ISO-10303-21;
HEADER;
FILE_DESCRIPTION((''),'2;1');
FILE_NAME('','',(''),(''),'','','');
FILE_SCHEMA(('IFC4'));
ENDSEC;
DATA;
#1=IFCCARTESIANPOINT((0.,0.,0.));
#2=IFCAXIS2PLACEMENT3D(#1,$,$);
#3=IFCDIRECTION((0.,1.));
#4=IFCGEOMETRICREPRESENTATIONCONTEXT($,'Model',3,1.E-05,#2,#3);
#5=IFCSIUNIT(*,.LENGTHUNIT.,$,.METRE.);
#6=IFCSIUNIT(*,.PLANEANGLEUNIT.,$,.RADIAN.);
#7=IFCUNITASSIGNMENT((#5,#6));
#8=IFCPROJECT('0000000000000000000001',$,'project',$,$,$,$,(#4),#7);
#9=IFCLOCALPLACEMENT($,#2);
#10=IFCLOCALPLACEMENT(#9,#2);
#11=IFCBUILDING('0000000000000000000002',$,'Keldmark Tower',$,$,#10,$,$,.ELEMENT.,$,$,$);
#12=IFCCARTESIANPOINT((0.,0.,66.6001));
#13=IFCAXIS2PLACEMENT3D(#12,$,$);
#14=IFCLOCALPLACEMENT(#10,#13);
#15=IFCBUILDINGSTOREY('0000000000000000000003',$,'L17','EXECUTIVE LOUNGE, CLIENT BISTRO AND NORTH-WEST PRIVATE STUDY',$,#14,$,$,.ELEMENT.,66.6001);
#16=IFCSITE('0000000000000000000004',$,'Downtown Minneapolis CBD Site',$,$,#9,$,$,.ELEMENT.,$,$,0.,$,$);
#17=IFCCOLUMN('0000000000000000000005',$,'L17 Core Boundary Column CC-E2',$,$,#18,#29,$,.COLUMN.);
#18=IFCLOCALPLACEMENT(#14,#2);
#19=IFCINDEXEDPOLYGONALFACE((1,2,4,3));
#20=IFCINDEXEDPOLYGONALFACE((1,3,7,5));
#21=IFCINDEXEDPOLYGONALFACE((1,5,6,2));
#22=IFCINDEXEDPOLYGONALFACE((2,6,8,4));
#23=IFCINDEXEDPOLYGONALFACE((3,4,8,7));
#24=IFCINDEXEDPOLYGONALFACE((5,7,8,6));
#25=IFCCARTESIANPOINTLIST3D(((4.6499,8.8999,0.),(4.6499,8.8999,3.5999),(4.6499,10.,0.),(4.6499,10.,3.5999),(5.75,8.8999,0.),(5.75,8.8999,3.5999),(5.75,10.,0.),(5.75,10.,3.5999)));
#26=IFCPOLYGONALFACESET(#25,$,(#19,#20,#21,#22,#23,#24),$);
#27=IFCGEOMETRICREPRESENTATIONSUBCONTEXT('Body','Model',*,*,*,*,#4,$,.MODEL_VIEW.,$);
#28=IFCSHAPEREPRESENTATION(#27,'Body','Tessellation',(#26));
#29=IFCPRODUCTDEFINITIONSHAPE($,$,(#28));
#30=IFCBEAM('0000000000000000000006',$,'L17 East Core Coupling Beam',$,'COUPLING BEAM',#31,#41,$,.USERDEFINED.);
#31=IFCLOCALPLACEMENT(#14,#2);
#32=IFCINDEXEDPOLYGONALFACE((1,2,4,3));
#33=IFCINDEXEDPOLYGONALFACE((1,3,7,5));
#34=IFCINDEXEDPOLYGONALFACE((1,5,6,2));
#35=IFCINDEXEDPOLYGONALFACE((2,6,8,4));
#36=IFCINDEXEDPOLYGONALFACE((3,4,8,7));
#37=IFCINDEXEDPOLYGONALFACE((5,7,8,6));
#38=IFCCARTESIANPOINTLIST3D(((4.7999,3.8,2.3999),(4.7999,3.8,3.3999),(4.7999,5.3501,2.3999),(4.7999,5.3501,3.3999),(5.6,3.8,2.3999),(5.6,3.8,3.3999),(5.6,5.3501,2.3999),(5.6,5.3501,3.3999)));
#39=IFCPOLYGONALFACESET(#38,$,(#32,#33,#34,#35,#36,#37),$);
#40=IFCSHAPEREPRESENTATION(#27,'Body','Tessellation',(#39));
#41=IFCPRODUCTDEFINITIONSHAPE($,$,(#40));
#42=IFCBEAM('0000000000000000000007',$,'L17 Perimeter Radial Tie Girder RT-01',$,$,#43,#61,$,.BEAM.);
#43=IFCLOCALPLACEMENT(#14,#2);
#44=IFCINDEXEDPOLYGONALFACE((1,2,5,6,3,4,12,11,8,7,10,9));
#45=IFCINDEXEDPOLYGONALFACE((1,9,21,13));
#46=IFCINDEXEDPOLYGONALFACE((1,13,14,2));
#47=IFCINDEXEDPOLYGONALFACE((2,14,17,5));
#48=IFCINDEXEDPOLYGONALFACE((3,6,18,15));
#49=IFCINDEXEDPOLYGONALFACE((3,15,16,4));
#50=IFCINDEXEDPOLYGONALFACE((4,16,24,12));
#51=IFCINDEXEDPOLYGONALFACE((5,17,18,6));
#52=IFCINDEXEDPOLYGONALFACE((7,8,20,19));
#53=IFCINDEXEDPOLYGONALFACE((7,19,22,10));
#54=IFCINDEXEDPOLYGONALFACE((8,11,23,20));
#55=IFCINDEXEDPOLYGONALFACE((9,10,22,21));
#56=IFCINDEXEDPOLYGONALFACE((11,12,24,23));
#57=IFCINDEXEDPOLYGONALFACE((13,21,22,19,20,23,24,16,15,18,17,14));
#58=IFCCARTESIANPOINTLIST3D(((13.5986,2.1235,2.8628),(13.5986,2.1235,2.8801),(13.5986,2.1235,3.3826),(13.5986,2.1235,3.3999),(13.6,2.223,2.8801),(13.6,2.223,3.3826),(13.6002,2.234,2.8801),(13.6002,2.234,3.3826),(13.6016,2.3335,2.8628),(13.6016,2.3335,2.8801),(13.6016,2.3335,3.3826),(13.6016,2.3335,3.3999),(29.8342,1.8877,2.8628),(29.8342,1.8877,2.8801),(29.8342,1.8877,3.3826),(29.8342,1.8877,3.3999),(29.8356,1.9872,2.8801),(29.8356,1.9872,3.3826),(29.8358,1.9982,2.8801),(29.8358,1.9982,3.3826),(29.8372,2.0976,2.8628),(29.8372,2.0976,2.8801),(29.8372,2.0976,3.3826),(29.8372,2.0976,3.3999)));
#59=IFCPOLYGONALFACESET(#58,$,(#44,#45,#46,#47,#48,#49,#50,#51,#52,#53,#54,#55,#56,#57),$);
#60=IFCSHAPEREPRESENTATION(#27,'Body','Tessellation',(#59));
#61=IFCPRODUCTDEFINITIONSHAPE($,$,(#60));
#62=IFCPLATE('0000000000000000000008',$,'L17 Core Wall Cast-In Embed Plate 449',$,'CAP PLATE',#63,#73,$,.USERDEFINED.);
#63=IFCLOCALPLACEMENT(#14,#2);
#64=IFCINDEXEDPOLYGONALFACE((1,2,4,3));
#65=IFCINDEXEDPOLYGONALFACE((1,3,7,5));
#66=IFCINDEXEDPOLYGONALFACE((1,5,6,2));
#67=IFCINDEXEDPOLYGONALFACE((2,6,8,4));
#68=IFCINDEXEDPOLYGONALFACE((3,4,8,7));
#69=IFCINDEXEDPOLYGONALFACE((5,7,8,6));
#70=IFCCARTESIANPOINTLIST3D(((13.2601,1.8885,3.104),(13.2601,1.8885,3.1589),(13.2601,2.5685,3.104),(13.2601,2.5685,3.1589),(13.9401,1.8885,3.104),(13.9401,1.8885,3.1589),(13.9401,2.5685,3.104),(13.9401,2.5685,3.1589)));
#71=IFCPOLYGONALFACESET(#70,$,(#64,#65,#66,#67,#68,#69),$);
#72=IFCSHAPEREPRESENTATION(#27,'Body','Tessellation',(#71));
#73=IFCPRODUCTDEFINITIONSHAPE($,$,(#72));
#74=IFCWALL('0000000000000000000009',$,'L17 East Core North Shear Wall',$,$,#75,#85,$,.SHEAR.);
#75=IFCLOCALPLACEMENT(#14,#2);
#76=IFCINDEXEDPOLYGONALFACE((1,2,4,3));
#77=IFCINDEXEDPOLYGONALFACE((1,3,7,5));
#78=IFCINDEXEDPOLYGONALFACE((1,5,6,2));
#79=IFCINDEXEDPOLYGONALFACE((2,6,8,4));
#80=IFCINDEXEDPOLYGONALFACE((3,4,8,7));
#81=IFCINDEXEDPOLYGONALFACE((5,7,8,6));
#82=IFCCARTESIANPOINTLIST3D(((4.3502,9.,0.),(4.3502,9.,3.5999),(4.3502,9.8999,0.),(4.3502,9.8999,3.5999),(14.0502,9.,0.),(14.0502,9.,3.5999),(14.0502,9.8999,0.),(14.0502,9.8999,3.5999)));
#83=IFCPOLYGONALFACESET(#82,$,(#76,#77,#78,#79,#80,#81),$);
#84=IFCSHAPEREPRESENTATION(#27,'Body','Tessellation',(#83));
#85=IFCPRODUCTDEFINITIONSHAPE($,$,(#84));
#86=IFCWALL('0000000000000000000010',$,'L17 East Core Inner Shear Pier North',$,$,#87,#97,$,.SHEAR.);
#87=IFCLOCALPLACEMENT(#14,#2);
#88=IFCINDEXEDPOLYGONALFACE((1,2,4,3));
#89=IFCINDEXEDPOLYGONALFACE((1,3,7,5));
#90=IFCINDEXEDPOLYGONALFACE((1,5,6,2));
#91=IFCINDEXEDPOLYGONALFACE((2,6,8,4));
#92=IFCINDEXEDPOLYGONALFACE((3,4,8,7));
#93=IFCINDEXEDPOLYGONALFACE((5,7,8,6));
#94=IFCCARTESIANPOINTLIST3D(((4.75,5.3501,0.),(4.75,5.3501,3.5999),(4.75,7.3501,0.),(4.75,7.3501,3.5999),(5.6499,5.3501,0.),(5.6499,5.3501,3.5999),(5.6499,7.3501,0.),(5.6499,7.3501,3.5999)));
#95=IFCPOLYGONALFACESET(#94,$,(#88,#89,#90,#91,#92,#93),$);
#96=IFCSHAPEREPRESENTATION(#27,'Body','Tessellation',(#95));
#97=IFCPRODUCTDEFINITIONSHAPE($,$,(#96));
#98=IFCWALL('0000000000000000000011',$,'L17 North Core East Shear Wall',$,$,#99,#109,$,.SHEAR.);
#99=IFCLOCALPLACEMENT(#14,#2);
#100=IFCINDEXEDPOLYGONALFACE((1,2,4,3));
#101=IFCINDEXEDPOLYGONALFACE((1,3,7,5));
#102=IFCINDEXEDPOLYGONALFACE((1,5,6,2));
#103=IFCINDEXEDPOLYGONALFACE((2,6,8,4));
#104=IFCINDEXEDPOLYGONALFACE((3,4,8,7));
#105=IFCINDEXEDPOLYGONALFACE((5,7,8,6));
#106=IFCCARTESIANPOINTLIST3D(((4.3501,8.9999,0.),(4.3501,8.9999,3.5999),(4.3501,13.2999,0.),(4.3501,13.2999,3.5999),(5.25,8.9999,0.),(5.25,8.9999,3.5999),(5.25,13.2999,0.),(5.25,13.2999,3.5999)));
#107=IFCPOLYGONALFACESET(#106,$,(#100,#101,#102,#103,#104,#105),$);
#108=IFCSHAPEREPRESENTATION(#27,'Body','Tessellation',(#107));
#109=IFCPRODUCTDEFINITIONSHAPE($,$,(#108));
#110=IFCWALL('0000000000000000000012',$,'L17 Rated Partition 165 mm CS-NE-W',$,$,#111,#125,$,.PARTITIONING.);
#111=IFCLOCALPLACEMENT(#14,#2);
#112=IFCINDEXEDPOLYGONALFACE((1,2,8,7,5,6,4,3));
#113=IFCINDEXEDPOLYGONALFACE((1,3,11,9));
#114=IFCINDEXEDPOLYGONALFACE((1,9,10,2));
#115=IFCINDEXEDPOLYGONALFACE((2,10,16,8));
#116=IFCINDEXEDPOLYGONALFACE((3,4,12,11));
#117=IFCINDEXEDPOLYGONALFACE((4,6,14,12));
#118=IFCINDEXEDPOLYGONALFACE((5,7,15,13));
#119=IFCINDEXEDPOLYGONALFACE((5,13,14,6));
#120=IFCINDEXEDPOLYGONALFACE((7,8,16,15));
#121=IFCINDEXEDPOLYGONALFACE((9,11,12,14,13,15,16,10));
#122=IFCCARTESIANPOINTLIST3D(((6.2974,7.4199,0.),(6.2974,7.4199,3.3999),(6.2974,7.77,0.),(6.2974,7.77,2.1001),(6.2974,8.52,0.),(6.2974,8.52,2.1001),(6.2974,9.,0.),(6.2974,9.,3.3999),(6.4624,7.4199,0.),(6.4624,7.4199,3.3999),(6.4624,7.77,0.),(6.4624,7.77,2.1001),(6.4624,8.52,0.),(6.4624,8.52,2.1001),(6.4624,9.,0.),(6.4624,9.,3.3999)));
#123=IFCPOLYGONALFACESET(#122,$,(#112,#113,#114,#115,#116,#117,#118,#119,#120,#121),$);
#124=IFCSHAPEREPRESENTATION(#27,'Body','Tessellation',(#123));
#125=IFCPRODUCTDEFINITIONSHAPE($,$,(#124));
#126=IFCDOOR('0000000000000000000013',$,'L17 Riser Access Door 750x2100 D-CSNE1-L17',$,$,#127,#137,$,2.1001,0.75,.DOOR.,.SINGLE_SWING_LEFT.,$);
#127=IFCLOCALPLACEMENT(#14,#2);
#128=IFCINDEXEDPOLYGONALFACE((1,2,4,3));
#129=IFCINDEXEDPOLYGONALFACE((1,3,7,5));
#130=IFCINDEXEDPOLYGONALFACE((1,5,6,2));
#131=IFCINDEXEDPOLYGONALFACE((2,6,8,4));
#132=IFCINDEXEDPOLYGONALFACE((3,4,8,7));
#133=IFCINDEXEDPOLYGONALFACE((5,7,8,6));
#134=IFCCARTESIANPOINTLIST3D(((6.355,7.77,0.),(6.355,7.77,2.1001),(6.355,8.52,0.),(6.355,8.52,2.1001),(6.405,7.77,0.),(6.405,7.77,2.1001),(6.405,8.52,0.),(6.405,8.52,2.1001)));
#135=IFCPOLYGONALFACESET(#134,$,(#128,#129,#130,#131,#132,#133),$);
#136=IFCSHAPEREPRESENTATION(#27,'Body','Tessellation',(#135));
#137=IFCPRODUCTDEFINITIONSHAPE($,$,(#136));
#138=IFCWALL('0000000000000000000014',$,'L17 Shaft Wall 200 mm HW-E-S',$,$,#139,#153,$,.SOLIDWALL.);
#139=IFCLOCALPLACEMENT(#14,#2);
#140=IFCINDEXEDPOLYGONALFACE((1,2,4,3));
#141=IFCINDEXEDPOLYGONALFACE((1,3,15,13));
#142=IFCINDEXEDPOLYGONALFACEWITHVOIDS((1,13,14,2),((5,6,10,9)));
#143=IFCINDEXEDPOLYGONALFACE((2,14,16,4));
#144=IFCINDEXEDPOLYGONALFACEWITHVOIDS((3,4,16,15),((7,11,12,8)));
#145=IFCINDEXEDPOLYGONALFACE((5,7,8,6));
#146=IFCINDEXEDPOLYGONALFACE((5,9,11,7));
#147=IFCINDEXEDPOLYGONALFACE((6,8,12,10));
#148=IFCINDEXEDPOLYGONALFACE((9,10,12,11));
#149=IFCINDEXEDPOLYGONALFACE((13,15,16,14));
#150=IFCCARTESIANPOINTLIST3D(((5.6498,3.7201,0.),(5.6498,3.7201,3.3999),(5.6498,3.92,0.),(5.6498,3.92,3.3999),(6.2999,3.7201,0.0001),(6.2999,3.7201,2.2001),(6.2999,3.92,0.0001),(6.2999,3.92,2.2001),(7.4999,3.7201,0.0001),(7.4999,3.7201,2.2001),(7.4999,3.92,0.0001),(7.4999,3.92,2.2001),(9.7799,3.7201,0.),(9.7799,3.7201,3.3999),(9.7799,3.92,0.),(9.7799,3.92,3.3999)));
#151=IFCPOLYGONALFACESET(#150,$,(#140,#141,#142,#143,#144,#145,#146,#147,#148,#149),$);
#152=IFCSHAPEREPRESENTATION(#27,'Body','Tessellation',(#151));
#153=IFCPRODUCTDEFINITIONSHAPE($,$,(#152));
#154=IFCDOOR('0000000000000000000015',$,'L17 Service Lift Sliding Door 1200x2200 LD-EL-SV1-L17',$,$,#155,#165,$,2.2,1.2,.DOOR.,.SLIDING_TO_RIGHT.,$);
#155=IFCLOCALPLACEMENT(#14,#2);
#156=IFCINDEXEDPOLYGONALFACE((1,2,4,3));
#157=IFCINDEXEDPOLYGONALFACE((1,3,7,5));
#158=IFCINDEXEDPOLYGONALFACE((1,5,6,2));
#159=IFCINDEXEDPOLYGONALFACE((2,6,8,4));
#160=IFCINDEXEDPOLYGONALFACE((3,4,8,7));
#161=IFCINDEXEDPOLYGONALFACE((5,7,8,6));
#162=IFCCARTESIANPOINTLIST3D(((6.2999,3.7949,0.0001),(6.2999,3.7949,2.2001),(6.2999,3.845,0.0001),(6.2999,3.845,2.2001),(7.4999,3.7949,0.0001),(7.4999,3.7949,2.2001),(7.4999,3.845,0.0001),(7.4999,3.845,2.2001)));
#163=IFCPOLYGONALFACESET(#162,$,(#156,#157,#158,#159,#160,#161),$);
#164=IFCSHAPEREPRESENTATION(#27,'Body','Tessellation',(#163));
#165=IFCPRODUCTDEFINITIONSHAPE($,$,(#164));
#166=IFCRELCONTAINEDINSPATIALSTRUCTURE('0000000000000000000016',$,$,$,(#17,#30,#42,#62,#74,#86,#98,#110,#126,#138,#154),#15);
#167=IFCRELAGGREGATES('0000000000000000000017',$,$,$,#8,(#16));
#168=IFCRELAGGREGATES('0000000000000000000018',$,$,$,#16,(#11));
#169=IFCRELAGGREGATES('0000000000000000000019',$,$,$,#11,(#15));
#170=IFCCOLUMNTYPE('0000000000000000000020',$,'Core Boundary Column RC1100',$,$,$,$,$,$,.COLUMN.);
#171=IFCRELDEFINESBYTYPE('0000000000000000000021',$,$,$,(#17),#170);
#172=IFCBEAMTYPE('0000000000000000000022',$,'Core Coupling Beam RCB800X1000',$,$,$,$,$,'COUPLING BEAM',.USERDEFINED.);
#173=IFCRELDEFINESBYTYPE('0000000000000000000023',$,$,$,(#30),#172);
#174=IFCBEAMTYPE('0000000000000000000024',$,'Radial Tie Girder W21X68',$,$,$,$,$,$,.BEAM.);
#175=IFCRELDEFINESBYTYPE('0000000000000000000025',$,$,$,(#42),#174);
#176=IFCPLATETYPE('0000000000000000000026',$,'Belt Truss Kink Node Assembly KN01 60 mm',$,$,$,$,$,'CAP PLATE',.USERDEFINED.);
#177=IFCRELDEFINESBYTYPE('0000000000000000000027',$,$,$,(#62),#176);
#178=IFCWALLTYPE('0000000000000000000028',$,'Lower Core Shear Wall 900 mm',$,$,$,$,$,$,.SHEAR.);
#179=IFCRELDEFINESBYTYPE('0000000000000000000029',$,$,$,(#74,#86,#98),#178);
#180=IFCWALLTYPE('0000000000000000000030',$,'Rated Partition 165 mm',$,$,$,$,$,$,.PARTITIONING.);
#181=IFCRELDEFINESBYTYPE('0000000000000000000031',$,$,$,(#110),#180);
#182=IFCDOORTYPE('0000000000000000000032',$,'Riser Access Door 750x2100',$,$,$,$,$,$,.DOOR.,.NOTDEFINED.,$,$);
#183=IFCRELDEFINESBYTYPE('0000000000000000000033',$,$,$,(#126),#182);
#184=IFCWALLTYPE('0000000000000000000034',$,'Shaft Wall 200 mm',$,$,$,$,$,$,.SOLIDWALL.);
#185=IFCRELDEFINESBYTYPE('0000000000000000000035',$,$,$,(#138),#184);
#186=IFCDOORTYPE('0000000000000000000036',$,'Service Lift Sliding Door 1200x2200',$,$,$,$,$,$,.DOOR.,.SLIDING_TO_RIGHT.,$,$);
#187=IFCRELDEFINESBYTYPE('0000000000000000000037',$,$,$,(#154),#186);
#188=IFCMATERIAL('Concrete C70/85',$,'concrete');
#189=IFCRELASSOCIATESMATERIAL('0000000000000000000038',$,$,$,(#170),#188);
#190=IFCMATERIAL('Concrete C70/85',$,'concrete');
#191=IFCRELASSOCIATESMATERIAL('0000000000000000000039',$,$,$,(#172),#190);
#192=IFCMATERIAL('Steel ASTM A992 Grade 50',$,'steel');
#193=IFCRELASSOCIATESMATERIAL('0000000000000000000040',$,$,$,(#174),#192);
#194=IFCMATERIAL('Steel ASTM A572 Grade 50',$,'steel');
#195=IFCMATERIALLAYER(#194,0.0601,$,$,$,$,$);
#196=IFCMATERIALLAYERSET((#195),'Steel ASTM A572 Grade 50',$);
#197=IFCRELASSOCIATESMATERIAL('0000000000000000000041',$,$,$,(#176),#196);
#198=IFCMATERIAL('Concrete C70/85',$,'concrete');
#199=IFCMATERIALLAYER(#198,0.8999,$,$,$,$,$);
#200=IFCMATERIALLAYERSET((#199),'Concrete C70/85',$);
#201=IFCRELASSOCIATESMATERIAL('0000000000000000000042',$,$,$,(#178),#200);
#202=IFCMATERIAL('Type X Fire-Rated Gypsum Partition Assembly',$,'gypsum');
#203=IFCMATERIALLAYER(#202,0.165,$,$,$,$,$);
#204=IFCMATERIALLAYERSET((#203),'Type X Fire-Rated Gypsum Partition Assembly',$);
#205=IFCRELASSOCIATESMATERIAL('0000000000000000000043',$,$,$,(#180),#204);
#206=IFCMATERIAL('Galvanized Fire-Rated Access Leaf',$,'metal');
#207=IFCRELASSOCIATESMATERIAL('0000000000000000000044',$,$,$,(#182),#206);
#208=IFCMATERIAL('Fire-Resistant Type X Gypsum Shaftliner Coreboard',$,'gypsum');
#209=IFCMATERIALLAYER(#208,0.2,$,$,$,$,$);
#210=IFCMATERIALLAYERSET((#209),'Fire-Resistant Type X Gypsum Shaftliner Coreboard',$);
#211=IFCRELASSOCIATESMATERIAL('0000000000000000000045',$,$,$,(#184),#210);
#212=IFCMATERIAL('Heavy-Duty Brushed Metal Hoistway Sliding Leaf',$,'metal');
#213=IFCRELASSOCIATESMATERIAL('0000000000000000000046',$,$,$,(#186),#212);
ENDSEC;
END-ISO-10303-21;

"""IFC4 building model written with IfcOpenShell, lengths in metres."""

from ifc_helpers import new_model, si_unit, direction, frame, frame_2d, origin, origin_2d, place, context, subcontext, project, spatial, rectangle, i_section, extrude, material, layer, layer_set, material_profile, profile_set, type_object, element, fill, save


model = new_model("IFC4")

# Units and contexts
model_context = context("Model", 3, precision=1e-05, world=origin(), true_north=direction((0.0, 1.0)))
body_context = subcontext(model_context, "Body", "Model", "MODEL_VIEW")
ifc_project = project(units=[si_unit("LENGTHUNIT", "METRE"), si_unit("PLANEANGLEUNIT", "RADIAN")], contexts=[model_context])

# Site, building, storey
site_placement = place(None, origin())
site = spatial("IfcSite", under=ifc_project, at=site_placement, Name="Downtown Minneapolis CBD Site", CompositionType="ELEMENT", RefElevation=0.0)
building_placement = place(site_placement, origin())
building = spatial("IfcBuilding", under=site, at=building_placement, Name="Keldmark Tower", CompositionType="ELEMENT")
storey_placement = place(building_placement, frame((0.0, 0.0, 66.6001)))
storey = spatial("IfcBuildingStorey", under=building, at=storey_placement, Name="L17", Description="EXECUTIVE LOUNGE, CLIENT BISTRO AND NORTH-WEST PRIVATE STUDY", CompositionType="ELEMENT", Elevation=66.6001)

# Column
ifc_material_1 = material(Name="Concrete C70/85", Category="concrete")
ifc_material_profile_1 = material_profile(ifc_material_1, rectangle(XDim=1.1001, YDim=1.1001, at=origin_2d()), Name="RC1100X1100")
ifc_profile_set_1 = profile_set([ifc_material_profile_1], Name="Concrete C70/85")
column_type = type_object("IfcColumnType", Name="Core Boundary Column RC1100", PredefinedType="COLUMN", material=ifc_profile_set_1)
column_placement = place(storey_placement, frame((5.2, 9.45, 0.0), z_axis=(0.0, 0.0, 1.0), x_axis=(1.0, 0.0, 0.0)))
element("IfcColumn", 1, at=column_placement, inside=storey, type_object=column_type, Name="L17 Core Boundary Column CC-E2", PredefinedType="COLUMN", context=body_context, shape_type="SweptSolid", body=[
    extrude(rectangle(XDim=1.1001, YDim=1.1001, at=origin_2d()), origin(), (0.0, 0.0, 1.0), 3.5999),
])

# Beams
ifc_material_2 = material(Name="Concrete C70/85", Category="concrete")
ifc_material_profile_2 = material_profile(ifc_material_2, rectangle(XDim=0.8, YDim=1.0, at=origin_2d()), Name="RCB800X1000")
ifc_profile_set_2 = profile_set([ifc_material_profile_2], Name="Concrete C70/85")
beam_type_1 = type_object("IfcBeamType", Name="Core Coupling Beam RCB800X1000", ElementType="COUPLING BEAM", PredefinedType="USERDEFINED", material=ifc_profile_set_2)
beam_1_placement = place(storey_placement, frame((5.2, 3.8, 2.8999), z_axis=(0.0, 1.0, 0.0), x_axis=(-1.0, 0.0, 0.0)))
element("IfcBeam", 2, at=beam_1_placement, inside=storey, type_object=beam_type_1, Name="L17 East Core Coupling Beam", ObjectType="COUPLING BEAM", PredefinedType="USERDEFINED", context=body_context, shape_type="SweptSolid", body=[
    extrude(rectangle(XDim=0.8, YDim=1.0, at=origin_2d()), origin(), (0.0, 0.0, 1.0), 1.55),
])
ifc_material_3 = material(Name="Steel ASTM A992 Grade 50", Category="steel")
ifc_material_profile_3 = material_profile(ifc_material_3, i_section(OverallWidth=0.21, OverallDepth=0.5371, WebThickness=0.011, FlangeThickness=0.0173, at=origin_2d()), Name="W21X68")
ifc_profile_set_3 = profile_set([ifc_material_profile_3], Name="Steel ASTM A992 Grade 50")
beam_type_2 = type_object("IfcBeamType", Name="Radial Tie Girder W21X68", PredefinedType="BEAM", material=ifc_profile_set_3)
beam_2_placement = place(storey_placement, frame((13.6001, 2.2285, 3.1313), z_axis=(0.999895, -0.014525, 0.0), x_axis=(0.014525, 0.999895, 0.0)))
element("IfcBeam", 3, at=beam_2_placement, inside=storey, type_object=beam_type_2, Name="L17 Perimeter Radial Tie Girder RT-01", PredefinedType="BEAM", context=body_context, shape_type="SweptSolid", body=[
    extrude(i_section(OverallWidth=0.21, OverallDepth=0.5371, WebThickness=0.011, FlangeThickness=0.0173, at=origin_2d()), origin(), (0.0, 0.0, 1.0), 16.2373),
])

# Plate
ifc_material_4 = material(Name="Steel ASTM A572 Grade 50", Category="steel")
ifc_layer_1 = layer(ifc_material_4, 0.0601)
ifc_layer_set_1 = layer_set([ifc_layer_1], Name="Steel ASTM A572 Grade 50")
plate_type = type_object("IfcPlateType", Name="Belt Truss Kink Node Assembly KN01 60 mm", ElementType="CAP PLATE", PredefinedType="USERDEFINED", material=ifc_layer_set_1)
plate_placement = place(storey_placement, frame((13.6001, 2.2285, 3.104), z_axis=(0.0, 0.0, 1.0), x_axis=(1.0, 0.0, 0.0)))
element("IfcPlate", 4, at=plate_placement, inside=storey, type_object=plate_type, Name="L17 Core Wall Cast-In Embed Plate 449", ObjectType="CAP PLATE", PredefinedType="USERDEFINED", context=body_context, shape_type="SweptSolid", body=[
    extrude(rectangle(XDim=0.6799, YDim=0.6799, at=origin_2d()), origin(), (0.0, 0.0, 1.0), 0.0549),
])

# Walls
ifc_material_5 = material(Name="Concrete C70/85", Category="concrete")
ifc_layer_2 = layer(ifc_material_5, 0.8999)
ifc_layer_set_2 = layer_set([ifc_layer_2], Name="Concrete C70/85")
wall_type_1 = type_object("IfcWallType", Name="Lower Core Shear Wall 900 mm", PredefinedType="SHEAR", material=ifc_layer_set_2)
wall_1_placement = place(storey_placement, frame((4.3501, 9.45, 0.0), z_axis=(0.0, 0.0, 1.0), x_axis=(1.0, 0.0, 0.0)))
element("IfcWall", 5, at=wall_1_placement, inside=storey, type_object=wall_type_1, Name="L17 East Core North Shear Wall", PredefinedType="SHEAR", context=body_context, shape_type="SweptSolid", body=[
    extrude(rectangle(XDim=9.7, YDim=0.8999, at=frame_2d((4.8501, 0.0))), origin(), (0.0, 0.0, 1.0), 3.5999),
])
wall_2_placement = place(storey_placement, frame((5.2, 5.3501, 0.0), z_axis=(0.0, 0.0, 1.0), x_axis=(0.0, 1.0, 0.0)))
element("IfcWall", 6, at=wall_2_placement, inside=storey, type_object=wall_type_1, Name="L17 East Core Inner Shear Pier North", PredefinedType="SHEAR", context=body_context, shape_type="SweptSolid", body=[
    extrude(rectangle(XDim=2.0, YDim=0.8999, at=frame_2d((1.0, 0.0))), origin(), (0.0, 0.0, 1.0), 3.5999),
])
wall_3_placement = place(storey_placement, frame((4.8, 9.0, 0.0), z_axis=(0.0, 0.0, 1.0), x_axis=(0.0, 1.0, 0.0)))
element("IfcWall", 7, at=wall_3_placement, inside=storey, type_object=wall_type_1, Name="L17 North Core East Shear Wall", PredefinedType="SHEAR", context=body_context, shape_type="SweptSolid", body=[
    extrude(rectangle(XDim=4.3, YDim=0.8999, at=frame_2d((2.1499, 0.0))), origin(), (0.0, 0.0, 1.0), 3.5999),
])

# Walls, openings, doors
ifc_material_6 = material(Name="Type X Fire-Rated Gypsum Partition Assembly", Category="gypsum")
ifc_layer_3 = layer(ifc_material_6, 0.165)
ifc_layer_set_3 = layer_set([ifc_layer_3], Name="Type X Fire-Rated Gypsum Partition Assembly")
wall_type_2 = type_object("IfcWallType", Name="Rated Partition 165 mm", PredefinedType="PARTITIONING", material=ifc_layer_set_3)
wall_4_placement = place(storey_placement, frame((6.3799, 7.4199, 0.0), z_axis=(0.0, 0.0, 1.0), x_axis=(0.0, 1.0, 0.0)))
wall_4 = element("IfcWall", 8, at=wall_4_placement, inside=storey, type_object=wall_type_2, Name="L17 Rated Partition 165 mm CS-NE-W", PredefinedType="PARTITIONING", context=body_context, shape_type="SweptSolid", body=[
    extrude(rectangle(XDim=1.5801, YDim=0.165, at=frame_2d((0.79, 0.0))), origin(), (0.0, 0.0, 1.0), 3.3999),
])
opening_1_placement = place(wall_4_placement, frame((0.3501, 0.0, 0.0)))
opening_1 = element("IfcOpeningElement", 9, at=opening_1_placement, cuts=wall_4, PredefinedType="OPENING", context=body_context, shape_type="SweptSolid", body=[
    extrude(rectangle(XDim=0.75, YDim=2.1001, at=frame_2d((0.375, 1.05))), frame((0.0, 0.0925, 0.0), z_axis=(0.0, -1.0, 0.0), x_axis=(1.0, 0.0, 0.0)), (0.0, 0.0, 1.0), 0.1851),
])
ifc_material_7 = material(Name="Galvanized Fire-Rated Access Leaf", Category="metal")
door_type_1 = type_object("IfcDoorType", Name="Riser Access Door 750x2100", OperationType="NOTDEFINED", PredefinedType="DOOR", material=ifc_material_7)
door_1_placement = place(opening_1_placement, origin())
door_1 = element("IfcDoor", 10, at=door_1_placement, inside=storey, type_object=door_type_1, Name="L17 Riser Access Door 750x2100 D-CSNE1-L17", OperationType="SINGLE_SWING_LEFT", OverallHeight=2.1001, OverallWidth=0.75, PredefinedType="DOOR", context=body_context, shape_type="SweptSolid", body=[
    extrude(rectangle(XDim=0.75, YDim=2.1001, at=frame_2d((0.375, 1.05))), frame((0.0, 0.0249, 0.0), z_axis=(0.0, -1.0, 0.0), x_axis=(1.0, 0.0, 0.0)), (0.0, 0.0, 1.0), 0.05),
])
fill(opening_1, door_1)
ifc_material_8 = material(Name="Fire-Resistant Type X Gypsum Shaftliner Coreboard", Category="gypsum")
ifc_layer_4 = layer(ifc_material_8, 0.2)
ifc_layer_set_4 = layer_set([ifc_layer_4], Name="Fire-Resistant Type X Gypsum Shaftliner Coreboard")
wall_type_3 = type_object("IfcWallType", Name="Shaft Wall 200 mm", PredefinedType="SOLIDWALL", material=ifc_layer_set_4)
wall_5_placement = place(storey_placement, frame((5.6499, 3.8201, 0.0), z_axis=(0.0, 0.0, 1.0), x_axis=(1.0, 0.0, 0.0)))
wall_5 = element("IfcWall", 11, at=wall_5_placement, inside=storey, type_object=wall_type_3, Name="L17 Shaft Wall 200 mm HW-E-S", PredefinedType="SOLIDWALL", context=body_context, shape_type="SweptSolid", body=[
    extrude(rectangle(XDim=4.1301, YDim=0.2, at=frame_2d((2.0649, 0.0))), origin(), (0.0, 0.0, 1.0), 3.3999),
])
opening_2_placement = place(wall_5_placement, frame((0.6499, 0.0, 0.0)))
opening_2 = element("IfcOpeningElement", 12, at=opening_2_placement, cuts=wall_5, PredefinedType="OPENING", context=body_context, shape_type="SweptSolid", body=[
    extrude(rectangle(XDim=1.2, YDim=2.2, at=frame_2d((0.6001, 1.1001))), frame((0.0, 0.1099, 0.0), z_axis=(0.0, -1.0, 0.0), x_axis=(1.0, 0.0, 0.0)), (0.0, 0.0, 1.0), 0.22),
])
ifc_material_9 = material(Name="Heavy-Duty Brushed Metal Hoistway Sliding Leaf", Category="metal")
door_type_2 = type_object("IfcDoorType", Name="Service Lift Sliding Door 1200x2200", OperationType="SLIDING_TO_RIGHT", PredefinedType="DOOR", material=ifc_material_9)
door_2_placement = place(opening_2_placement, origin())
door_2 = element("IfcDoor", 13, at=door_2_placement, inside=storey, type_object=door_type_2, Name="L17 Service Lift Sliding Door 1200x2200 LD-EL-SV1-L17", OperationType="SLIDING_TO_RIGHT", OverallHeight=2.2, OverallWidth=1.2, PredefinedType="DOOR", context=body_context, shape_type="SweptSolid", body=[
    extrude(rectangle(XDim=1.2, YDim=2.2, at=frame_2d((0.6001, 1.1001))), frame((0.0, 0.0249, 0.0), z_axis=(0.0, -1.0, 0.0), x_axis=(1.0, 0.0, 0.0)), (0.0, 0.0, 1.0), 0.05),
])
fill(opening_2, door_2)

save(model, "model.ifc")
